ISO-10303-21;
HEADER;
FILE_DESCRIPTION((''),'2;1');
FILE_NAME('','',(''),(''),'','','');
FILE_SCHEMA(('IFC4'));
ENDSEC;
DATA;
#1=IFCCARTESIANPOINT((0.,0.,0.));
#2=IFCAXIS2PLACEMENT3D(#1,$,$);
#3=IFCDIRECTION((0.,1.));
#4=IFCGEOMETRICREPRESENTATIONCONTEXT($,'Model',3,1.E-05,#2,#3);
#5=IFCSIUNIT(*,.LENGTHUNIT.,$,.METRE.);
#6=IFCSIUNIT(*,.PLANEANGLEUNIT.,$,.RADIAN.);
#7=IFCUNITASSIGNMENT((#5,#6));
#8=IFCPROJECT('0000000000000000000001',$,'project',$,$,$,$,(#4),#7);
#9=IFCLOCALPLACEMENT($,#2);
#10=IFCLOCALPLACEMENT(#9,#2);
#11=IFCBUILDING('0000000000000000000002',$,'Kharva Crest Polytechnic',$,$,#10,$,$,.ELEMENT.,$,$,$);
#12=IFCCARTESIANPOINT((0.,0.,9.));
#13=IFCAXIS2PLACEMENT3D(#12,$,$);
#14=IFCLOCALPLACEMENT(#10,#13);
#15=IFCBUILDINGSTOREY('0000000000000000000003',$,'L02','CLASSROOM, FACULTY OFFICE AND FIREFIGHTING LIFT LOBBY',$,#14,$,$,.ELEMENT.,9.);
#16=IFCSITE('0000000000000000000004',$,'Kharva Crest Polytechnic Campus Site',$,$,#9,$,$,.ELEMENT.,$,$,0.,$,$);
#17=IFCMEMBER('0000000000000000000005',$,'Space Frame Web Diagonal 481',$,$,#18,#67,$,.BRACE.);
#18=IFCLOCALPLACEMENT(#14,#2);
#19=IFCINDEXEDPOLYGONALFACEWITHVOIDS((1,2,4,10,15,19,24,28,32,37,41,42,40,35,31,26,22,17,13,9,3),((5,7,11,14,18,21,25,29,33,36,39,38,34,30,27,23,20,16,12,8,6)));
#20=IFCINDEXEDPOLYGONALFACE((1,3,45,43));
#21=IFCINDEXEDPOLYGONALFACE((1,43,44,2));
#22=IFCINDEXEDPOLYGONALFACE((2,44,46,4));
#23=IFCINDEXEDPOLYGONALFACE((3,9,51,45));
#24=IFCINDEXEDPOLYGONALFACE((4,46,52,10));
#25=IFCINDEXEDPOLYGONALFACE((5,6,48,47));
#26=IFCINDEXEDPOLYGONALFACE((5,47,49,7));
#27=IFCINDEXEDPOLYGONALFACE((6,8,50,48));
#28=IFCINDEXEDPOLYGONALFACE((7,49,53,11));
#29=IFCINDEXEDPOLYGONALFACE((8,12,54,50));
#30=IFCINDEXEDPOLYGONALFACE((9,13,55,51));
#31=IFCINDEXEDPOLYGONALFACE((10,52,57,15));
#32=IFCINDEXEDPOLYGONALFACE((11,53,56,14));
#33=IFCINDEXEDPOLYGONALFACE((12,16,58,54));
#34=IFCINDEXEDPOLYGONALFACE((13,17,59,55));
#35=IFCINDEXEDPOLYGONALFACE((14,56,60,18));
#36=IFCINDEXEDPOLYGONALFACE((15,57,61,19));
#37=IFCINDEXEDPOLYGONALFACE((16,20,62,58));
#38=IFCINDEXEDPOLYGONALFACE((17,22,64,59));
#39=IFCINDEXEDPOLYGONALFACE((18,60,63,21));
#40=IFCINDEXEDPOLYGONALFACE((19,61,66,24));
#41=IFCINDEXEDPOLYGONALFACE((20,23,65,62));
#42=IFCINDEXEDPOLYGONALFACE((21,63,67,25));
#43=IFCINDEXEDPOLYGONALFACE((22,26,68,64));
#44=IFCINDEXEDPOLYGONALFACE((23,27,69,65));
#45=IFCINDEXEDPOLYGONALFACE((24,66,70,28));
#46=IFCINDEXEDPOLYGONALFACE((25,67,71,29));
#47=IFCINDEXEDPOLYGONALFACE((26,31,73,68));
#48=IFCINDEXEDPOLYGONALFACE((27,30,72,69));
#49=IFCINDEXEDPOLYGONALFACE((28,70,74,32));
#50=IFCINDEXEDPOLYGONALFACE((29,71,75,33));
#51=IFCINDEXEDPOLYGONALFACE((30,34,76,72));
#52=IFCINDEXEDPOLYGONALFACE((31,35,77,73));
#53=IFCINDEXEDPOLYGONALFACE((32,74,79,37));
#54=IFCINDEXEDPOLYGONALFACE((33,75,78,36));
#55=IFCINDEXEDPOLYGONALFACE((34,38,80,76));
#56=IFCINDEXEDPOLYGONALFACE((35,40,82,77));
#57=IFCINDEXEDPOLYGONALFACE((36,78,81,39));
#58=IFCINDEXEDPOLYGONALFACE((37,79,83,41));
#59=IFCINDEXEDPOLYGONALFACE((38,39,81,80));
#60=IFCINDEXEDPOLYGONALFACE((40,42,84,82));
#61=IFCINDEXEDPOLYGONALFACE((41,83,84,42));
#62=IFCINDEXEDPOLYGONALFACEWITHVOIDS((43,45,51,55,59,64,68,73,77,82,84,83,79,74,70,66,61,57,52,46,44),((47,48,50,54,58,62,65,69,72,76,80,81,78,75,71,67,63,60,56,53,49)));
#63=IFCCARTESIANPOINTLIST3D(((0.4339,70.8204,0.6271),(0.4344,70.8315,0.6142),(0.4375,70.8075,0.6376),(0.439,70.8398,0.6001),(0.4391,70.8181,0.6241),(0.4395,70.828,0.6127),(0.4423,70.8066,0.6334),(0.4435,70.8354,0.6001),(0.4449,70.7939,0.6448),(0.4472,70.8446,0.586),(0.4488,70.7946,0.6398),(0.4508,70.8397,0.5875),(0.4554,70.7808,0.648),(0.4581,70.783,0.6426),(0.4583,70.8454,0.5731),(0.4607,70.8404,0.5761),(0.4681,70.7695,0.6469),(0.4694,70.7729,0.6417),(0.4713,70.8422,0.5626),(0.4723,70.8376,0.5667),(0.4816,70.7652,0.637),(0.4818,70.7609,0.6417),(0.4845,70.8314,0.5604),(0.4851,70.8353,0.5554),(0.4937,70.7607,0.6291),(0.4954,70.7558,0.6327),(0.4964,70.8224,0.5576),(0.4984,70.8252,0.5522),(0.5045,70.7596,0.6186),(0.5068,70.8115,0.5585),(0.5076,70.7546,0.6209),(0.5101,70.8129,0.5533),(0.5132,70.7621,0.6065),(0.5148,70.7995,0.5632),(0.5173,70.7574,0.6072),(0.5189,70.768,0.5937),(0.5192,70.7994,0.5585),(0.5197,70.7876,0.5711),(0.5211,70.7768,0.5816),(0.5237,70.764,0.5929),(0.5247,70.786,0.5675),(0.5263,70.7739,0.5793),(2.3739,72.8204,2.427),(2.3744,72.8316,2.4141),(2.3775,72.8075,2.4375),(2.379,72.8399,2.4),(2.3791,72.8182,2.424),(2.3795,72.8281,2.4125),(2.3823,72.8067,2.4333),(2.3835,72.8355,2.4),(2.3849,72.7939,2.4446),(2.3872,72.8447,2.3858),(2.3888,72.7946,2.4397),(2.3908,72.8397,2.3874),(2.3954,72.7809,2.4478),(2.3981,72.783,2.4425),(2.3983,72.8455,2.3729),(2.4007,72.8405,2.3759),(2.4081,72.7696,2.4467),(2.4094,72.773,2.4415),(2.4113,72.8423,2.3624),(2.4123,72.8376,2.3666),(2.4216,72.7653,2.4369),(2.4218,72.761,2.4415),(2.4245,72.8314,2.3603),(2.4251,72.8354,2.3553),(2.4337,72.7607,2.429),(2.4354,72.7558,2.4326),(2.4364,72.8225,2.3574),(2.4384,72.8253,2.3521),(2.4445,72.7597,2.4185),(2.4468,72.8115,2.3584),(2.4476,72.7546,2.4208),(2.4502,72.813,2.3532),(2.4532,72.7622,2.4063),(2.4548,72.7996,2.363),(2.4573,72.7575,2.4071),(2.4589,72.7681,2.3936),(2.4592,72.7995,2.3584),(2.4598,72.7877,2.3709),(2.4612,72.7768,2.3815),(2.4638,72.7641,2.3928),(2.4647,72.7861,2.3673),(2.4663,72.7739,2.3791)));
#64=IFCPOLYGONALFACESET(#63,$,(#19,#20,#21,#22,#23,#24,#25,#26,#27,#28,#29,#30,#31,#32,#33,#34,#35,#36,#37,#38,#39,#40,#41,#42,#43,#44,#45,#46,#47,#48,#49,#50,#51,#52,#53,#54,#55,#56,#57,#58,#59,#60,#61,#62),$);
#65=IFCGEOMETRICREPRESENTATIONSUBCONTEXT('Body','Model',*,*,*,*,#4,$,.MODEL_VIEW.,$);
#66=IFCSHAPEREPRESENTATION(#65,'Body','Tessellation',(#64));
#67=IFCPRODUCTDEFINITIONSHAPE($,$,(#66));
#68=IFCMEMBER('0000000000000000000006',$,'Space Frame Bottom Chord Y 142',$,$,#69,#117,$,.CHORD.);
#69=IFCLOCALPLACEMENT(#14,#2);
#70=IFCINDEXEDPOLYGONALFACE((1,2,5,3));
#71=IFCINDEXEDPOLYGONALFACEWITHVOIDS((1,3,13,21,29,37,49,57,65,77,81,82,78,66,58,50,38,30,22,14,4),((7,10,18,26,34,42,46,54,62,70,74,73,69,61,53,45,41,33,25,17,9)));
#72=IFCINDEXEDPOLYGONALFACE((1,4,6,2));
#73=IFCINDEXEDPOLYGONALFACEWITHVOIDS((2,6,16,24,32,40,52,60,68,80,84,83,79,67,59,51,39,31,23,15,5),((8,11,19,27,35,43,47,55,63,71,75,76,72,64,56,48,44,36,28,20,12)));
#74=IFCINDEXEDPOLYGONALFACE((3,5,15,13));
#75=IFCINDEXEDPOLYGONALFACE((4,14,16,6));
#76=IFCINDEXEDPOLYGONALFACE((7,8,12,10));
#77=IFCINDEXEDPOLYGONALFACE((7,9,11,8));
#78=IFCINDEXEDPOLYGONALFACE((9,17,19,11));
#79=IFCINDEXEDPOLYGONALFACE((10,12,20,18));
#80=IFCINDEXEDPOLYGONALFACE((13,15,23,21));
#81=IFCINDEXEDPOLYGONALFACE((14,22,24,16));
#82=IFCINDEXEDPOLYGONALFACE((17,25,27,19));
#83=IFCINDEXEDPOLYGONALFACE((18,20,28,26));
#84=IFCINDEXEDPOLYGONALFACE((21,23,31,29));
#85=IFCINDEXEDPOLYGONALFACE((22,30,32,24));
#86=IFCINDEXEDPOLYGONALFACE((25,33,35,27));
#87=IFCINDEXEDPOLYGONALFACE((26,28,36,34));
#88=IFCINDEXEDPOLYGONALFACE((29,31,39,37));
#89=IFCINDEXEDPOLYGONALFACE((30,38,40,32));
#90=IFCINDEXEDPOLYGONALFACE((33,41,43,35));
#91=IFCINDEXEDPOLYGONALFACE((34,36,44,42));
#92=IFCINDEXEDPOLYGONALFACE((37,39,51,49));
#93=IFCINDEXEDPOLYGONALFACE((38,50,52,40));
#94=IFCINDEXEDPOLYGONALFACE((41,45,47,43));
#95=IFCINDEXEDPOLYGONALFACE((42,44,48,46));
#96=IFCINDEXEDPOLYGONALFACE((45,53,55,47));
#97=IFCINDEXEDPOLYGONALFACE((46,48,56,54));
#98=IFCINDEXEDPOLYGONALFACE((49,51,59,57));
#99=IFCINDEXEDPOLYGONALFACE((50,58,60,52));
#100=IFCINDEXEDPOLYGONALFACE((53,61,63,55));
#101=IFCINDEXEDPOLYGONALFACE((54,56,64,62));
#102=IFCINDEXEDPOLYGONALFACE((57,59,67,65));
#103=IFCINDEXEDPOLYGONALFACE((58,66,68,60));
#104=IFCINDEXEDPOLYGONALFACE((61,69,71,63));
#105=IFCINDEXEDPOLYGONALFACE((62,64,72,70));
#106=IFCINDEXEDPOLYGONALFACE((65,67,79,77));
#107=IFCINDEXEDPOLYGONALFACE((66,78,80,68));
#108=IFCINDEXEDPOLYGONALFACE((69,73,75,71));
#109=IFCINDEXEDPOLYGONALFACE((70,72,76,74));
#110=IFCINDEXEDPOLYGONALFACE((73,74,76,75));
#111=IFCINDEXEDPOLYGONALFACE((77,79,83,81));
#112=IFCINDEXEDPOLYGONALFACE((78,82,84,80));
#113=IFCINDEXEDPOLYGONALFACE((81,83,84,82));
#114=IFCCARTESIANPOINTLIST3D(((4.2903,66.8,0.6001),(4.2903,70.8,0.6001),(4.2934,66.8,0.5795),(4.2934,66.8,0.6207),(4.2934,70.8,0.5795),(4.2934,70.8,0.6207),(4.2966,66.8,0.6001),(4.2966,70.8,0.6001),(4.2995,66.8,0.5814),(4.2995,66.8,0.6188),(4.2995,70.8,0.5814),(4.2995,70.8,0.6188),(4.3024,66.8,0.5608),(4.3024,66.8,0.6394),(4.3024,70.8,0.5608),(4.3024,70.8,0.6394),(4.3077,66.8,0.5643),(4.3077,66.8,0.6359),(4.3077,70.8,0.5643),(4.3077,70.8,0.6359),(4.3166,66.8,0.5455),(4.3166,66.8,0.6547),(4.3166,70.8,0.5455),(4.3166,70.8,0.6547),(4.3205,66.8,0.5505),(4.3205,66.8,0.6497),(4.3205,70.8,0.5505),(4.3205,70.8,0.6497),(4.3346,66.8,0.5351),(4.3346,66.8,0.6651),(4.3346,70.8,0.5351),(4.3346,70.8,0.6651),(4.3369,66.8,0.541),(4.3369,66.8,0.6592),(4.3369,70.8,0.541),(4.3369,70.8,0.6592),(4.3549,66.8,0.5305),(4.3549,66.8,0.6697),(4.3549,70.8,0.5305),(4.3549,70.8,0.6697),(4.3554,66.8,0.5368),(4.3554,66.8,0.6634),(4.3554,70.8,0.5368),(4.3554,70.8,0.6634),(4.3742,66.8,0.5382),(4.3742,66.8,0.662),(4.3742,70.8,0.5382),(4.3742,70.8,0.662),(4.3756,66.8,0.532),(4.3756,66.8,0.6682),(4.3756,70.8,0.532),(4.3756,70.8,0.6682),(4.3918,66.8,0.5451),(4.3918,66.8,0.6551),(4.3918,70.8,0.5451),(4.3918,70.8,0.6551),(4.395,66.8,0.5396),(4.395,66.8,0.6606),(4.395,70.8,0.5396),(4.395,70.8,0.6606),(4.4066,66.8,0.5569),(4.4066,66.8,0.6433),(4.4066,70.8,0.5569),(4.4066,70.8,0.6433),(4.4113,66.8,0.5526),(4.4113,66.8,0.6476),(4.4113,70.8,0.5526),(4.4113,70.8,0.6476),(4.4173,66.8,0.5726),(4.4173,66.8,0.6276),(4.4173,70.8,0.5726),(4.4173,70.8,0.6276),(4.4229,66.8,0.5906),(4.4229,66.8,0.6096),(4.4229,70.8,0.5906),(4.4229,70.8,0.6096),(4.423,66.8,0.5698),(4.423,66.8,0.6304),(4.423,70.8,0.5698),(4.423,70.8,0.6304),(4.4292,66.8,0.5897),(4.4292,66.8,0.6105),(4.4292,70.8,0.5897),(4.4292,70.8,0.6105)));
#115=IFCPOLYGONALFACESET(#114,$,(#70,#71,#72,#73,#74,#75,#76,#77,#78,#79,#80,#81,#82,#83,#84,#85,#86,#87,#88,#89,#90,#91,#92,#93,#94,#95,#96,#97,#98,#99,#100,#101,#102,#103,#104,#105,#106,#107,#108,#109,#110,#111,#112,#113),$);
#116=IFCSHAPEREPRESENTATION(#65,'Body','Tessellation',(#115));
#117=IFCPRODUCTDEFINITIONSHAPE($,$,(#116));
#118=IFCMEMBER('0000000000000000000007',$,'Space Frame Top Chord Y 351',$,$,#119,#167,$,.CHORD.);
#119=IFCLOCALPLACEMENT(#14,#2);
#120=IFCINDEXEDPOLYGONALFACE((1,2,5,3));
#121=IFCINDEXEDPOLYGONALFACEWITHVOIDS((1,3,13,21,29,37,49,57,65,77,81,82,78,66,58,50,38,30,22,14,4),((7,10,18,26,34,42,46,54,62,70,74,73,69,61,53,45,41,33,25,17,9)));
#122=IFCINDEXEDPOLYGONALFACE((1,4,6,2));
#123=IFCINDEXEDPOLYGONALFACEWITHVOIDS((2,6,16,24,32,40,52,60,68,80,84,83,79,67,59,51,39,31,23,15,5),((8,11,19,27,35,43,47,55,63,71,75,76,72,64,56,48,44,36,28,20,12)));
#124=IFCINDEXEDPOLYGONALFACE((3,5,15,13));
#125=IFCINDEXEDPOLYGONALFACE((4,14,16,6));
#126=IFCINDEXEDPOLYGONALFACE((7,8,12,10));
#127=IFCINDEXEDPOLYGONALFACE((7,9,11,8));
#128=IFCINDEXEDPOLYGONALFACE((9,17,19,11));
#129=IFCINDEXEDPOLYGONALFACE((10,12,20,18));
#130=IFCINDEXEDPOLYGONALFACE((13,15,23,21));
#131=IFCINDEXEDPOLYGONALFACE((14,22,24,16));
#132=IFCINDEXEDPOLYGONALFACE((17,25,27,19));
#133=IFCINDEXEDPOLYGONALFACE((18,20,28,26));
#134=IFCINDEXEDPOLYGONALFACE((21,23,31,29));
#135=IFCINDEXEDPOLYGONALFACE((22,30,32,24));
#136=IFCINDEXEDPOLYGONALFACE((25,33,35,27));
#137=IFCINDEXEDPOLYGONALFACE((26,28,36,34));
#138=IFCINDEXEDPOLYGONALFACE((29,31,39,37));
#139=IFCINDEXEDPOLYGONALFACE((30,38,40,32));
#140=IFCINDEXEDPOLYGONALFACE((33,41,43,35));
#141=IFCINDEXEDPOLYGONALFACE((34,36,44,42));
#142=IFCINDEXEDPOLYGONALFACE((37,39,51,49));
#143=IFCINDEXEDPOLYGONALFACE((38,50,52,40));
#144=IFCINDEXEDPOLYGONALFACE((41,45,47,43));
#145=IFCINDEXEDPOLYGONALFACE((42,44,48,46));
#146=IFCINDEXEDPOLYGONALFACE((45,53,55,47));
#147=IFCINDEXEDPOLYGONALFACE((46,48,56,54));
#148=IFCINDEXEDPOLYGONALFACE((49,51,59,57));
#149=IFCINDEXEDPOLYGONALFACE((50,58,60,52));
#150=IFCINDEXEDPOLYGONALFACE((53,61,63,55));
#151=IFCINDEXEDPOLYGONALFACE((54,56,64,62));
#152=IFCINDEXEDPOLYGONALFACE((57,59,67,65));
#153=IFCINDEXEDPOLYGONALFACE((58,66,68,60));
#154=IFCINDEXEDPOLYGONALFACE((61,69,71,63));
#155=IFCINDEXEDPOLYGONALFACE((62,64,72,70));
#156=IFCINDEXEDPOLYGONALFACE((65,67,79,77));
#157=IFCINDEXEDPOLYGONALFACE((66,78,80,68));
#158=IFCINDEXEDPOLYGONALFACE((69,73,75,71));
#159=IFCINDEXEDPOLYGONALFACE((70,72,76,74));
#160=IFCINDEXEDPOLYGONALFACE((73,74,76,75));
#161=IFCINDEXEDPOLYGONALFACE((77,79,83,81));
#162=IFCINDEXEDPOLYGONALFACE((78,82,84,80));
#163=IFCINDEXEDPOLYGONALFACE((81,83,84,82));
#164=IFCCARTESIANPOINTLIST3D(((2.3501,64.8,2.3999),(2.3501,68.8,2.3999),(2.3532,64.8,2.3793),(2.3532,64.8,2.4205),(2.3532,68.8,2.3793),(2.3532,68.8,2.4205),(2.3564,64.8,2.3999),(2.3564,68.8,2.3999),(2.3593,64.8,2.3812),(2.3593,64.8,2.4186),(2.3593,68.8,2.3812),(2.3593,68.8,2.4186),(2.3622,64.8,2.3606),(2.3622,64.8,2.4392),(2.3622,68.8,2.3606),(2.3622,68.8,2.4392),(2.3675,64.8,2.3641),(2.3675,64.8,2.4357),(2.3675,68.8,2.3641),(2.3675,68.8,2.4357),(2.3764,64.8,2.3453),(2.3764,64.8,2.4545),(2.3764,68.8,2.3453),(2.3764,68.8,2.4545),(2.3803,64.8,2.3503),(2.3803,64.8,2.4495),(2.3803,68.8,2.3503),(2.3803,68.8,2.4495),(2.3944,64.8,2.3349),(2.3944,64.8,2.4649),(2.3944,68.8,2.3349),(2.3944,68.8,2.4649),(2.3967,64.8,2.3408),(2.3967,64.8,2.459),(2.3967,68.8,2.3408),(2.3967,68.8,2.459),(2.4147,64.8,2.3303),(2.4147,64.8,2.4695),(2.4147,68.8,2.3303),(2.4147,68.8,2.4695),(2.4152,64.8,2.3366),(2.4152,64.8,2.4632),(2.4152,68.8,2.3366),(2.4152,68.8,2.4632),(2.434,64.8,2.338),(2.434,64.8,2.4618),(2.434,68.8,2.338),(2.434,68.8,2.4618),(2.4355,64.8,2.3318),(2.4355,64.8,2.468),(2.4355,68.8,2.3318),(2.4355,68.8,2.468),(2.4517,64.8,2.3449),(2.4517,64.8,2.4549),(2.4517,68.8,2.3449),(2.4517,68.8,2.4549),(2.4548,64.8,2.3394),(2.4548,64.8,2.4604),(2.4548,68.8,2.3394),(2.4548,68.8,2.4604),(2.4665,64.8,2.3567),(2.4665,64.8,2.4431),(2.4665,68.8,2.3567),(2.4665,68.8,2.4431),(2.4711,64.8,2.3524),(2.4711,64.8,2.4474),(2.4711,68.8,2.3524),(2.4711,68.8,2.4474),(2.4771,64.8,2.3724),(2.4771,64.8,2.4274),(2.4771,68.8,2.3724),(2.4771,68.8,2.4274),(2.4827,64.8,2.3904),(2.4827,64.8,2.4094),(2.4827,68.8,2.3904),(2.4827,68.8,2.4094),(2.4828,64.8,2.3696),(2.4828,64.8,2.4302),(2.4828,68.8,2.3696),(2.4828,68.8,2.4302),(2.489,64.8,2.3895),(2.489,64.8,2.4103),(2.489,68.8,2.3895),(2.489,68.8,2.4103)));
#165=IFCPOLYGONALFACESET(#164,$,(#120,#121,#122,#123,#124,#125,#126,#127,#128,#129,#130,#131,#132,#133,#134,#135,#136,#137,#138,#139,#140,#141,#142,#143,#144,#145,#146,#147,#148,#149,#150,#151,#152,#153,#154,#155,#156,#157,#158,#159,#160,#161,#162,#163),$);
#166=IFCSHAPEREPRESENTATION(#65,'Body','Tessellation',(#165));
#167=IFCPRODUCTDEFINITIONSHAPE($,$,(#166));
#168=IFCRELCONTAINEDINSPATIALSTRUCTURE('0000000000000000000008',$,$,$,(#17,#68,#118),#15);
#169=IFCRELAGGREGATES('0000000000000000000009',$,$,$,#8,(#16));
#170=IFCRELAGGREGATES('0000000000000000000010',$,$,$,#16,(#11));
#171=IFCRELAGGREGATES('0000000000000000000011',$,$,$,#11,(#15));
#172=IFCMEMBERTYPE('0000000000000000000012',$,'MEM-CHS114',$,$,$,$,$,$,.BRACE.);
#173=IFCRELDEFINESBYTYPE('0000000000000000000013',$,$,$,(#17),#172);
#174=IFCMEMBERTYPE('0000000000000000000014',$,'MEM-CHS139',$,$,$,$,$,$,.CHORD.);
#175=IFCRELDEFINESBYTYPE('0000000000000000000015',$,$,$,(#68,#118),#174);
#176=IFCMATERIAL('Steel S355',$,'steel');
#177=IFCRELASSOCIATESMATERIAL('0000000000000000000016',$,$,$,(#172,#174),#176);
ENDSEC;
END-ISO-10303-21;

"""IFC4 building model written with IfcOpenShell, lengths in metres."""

from ifc_helpers import new_model, si_unit, direction, frame, origin, origin_2d, place, context, subcontext, project, spatial, hollow_circle, extrude, material, material_profile, profile_set, type_object, element, save


model = new_model("IFC4")

# Units and contexts
model_context = context("Model", 3, precision=1e-05, world=origin(), true_north=direction((0.0, 1.0)))
body_context = subcontext(model_context, "Body", "Model", "MODEL_VIEW")
ifc_project = project(units=[si_unit("LENGTHUNIT", "METRE"), si_unit("PLANEANGLEUNIT", "RADIAN")], contexts=[model_context])

# Site, building, storey
site_placement = place(None, origin())
site = spatial("IfcSite", under=ifc_project, at=site_placement, Name="Kharva Crest Polytechnic Campus Site", CompositionType="ELEMENT", RefElevation=0.0)
building_placement = place(site_placement, origin())
building = spatial("IfcBuilding", under=site, at=building_placement, Name="Kharva Crest Polytechnic", CompositionType="ELEMENT")
storey_placement = place(building_placement, frame((0.0, 0.0, 9.0)))
storey = spatial("IfcBuildingStorey", under=building, at=storey_placement, Name="L02", Description="CLASSROOM, FACULTY OFFICE AND FIREFIGHTING LIFT LOBBY", CompositionType="ELEMENT", Elevation=9.0)

# Shared definitions
ifc_material_1 = material(Name="Steel S355", Category="steel")

# Members
ifc_material_profile_1 = material_profile(ifc_material_1, hollow_circle(Radius=0.0571, WallThickness=0.0063, at=origin_2d()), Name="CHS 114.3X6.3")
ifc_profile_set_1 = profile_set([ifc_material_profile_1], Name="Steel S355")
member_type_1 = type_object("IfcMemberType", Name="MEM-CHS114", PredefinedType="BRACE", material=ifc_profile_set_1)
for number, where, z_axis, x_axis, name in (
    (1, (0.48, 70.8, 0.6001), (0.584843, 0.60295, 0.542596), (-0.717802, 0.696247, 0.0), "Space Frame Web Diagonal 481"),
):
    element("IfcMember", number, at=place(storey_placement, frame(where, z_axis=z_axis, x_axis=x_axis)), inside=storey, type_object=member_type_1, Name=name, PredefinedType="BRACE", context=body_context, shape_type="SweptSolid", body=[
        extrude(hollow_circle(Radius=0.0571, WallThickness=0.0063, at=origin_2d()), origin(), (0.0, 0.0, 1.0), 3.3171),
    ])
ifc_material_profile_2 = material_profile(ifc_material_1, hollow_circle(Radius=0.0698, WallThickness=0.0063, at=origin_2d()), Name="CHS 139.7X6.3")
ifc_profile_set_2 = profile_set([ifc_material_profile_2], Name="Steel S355")
member_type_2 = type_object("IfcMemberType", Name="MEM-CHS139", PredefinedType="CHORD", material=ifc_profile_set_2)
for number, where, z_axis, x_axis, name in (
    (2, (4.3601, 66.8, 0.6001), (0.0, 1.0, 0.0), (-1.0, 0.0, 0.0), "Space Frame Bottom Chord Y 142"),
    (3, (2.4199, 64.8, 2.3999), (0.0, 1.0, 0.0), (-1.0, 0.0, 0.0), "Space Frame Top Chord Y 351"),
):
    element("IfcMember", number, at=place(storey_placement, frame(where, z_axis=z_axis, x_axis=x_axis)), inside=storey, type_object=member_type_2, Name=name, PredefinedType="CHORD", context=body_context, shape_type="SweptSolid", body=[
        extrude(hollow_circle(Radius=0.0698, WallThickness=0.0063, at=origin_2d()), origin(), (0.0, 0.0, 1.0), 4.0),
    ])

save(model, "model.ifc")
